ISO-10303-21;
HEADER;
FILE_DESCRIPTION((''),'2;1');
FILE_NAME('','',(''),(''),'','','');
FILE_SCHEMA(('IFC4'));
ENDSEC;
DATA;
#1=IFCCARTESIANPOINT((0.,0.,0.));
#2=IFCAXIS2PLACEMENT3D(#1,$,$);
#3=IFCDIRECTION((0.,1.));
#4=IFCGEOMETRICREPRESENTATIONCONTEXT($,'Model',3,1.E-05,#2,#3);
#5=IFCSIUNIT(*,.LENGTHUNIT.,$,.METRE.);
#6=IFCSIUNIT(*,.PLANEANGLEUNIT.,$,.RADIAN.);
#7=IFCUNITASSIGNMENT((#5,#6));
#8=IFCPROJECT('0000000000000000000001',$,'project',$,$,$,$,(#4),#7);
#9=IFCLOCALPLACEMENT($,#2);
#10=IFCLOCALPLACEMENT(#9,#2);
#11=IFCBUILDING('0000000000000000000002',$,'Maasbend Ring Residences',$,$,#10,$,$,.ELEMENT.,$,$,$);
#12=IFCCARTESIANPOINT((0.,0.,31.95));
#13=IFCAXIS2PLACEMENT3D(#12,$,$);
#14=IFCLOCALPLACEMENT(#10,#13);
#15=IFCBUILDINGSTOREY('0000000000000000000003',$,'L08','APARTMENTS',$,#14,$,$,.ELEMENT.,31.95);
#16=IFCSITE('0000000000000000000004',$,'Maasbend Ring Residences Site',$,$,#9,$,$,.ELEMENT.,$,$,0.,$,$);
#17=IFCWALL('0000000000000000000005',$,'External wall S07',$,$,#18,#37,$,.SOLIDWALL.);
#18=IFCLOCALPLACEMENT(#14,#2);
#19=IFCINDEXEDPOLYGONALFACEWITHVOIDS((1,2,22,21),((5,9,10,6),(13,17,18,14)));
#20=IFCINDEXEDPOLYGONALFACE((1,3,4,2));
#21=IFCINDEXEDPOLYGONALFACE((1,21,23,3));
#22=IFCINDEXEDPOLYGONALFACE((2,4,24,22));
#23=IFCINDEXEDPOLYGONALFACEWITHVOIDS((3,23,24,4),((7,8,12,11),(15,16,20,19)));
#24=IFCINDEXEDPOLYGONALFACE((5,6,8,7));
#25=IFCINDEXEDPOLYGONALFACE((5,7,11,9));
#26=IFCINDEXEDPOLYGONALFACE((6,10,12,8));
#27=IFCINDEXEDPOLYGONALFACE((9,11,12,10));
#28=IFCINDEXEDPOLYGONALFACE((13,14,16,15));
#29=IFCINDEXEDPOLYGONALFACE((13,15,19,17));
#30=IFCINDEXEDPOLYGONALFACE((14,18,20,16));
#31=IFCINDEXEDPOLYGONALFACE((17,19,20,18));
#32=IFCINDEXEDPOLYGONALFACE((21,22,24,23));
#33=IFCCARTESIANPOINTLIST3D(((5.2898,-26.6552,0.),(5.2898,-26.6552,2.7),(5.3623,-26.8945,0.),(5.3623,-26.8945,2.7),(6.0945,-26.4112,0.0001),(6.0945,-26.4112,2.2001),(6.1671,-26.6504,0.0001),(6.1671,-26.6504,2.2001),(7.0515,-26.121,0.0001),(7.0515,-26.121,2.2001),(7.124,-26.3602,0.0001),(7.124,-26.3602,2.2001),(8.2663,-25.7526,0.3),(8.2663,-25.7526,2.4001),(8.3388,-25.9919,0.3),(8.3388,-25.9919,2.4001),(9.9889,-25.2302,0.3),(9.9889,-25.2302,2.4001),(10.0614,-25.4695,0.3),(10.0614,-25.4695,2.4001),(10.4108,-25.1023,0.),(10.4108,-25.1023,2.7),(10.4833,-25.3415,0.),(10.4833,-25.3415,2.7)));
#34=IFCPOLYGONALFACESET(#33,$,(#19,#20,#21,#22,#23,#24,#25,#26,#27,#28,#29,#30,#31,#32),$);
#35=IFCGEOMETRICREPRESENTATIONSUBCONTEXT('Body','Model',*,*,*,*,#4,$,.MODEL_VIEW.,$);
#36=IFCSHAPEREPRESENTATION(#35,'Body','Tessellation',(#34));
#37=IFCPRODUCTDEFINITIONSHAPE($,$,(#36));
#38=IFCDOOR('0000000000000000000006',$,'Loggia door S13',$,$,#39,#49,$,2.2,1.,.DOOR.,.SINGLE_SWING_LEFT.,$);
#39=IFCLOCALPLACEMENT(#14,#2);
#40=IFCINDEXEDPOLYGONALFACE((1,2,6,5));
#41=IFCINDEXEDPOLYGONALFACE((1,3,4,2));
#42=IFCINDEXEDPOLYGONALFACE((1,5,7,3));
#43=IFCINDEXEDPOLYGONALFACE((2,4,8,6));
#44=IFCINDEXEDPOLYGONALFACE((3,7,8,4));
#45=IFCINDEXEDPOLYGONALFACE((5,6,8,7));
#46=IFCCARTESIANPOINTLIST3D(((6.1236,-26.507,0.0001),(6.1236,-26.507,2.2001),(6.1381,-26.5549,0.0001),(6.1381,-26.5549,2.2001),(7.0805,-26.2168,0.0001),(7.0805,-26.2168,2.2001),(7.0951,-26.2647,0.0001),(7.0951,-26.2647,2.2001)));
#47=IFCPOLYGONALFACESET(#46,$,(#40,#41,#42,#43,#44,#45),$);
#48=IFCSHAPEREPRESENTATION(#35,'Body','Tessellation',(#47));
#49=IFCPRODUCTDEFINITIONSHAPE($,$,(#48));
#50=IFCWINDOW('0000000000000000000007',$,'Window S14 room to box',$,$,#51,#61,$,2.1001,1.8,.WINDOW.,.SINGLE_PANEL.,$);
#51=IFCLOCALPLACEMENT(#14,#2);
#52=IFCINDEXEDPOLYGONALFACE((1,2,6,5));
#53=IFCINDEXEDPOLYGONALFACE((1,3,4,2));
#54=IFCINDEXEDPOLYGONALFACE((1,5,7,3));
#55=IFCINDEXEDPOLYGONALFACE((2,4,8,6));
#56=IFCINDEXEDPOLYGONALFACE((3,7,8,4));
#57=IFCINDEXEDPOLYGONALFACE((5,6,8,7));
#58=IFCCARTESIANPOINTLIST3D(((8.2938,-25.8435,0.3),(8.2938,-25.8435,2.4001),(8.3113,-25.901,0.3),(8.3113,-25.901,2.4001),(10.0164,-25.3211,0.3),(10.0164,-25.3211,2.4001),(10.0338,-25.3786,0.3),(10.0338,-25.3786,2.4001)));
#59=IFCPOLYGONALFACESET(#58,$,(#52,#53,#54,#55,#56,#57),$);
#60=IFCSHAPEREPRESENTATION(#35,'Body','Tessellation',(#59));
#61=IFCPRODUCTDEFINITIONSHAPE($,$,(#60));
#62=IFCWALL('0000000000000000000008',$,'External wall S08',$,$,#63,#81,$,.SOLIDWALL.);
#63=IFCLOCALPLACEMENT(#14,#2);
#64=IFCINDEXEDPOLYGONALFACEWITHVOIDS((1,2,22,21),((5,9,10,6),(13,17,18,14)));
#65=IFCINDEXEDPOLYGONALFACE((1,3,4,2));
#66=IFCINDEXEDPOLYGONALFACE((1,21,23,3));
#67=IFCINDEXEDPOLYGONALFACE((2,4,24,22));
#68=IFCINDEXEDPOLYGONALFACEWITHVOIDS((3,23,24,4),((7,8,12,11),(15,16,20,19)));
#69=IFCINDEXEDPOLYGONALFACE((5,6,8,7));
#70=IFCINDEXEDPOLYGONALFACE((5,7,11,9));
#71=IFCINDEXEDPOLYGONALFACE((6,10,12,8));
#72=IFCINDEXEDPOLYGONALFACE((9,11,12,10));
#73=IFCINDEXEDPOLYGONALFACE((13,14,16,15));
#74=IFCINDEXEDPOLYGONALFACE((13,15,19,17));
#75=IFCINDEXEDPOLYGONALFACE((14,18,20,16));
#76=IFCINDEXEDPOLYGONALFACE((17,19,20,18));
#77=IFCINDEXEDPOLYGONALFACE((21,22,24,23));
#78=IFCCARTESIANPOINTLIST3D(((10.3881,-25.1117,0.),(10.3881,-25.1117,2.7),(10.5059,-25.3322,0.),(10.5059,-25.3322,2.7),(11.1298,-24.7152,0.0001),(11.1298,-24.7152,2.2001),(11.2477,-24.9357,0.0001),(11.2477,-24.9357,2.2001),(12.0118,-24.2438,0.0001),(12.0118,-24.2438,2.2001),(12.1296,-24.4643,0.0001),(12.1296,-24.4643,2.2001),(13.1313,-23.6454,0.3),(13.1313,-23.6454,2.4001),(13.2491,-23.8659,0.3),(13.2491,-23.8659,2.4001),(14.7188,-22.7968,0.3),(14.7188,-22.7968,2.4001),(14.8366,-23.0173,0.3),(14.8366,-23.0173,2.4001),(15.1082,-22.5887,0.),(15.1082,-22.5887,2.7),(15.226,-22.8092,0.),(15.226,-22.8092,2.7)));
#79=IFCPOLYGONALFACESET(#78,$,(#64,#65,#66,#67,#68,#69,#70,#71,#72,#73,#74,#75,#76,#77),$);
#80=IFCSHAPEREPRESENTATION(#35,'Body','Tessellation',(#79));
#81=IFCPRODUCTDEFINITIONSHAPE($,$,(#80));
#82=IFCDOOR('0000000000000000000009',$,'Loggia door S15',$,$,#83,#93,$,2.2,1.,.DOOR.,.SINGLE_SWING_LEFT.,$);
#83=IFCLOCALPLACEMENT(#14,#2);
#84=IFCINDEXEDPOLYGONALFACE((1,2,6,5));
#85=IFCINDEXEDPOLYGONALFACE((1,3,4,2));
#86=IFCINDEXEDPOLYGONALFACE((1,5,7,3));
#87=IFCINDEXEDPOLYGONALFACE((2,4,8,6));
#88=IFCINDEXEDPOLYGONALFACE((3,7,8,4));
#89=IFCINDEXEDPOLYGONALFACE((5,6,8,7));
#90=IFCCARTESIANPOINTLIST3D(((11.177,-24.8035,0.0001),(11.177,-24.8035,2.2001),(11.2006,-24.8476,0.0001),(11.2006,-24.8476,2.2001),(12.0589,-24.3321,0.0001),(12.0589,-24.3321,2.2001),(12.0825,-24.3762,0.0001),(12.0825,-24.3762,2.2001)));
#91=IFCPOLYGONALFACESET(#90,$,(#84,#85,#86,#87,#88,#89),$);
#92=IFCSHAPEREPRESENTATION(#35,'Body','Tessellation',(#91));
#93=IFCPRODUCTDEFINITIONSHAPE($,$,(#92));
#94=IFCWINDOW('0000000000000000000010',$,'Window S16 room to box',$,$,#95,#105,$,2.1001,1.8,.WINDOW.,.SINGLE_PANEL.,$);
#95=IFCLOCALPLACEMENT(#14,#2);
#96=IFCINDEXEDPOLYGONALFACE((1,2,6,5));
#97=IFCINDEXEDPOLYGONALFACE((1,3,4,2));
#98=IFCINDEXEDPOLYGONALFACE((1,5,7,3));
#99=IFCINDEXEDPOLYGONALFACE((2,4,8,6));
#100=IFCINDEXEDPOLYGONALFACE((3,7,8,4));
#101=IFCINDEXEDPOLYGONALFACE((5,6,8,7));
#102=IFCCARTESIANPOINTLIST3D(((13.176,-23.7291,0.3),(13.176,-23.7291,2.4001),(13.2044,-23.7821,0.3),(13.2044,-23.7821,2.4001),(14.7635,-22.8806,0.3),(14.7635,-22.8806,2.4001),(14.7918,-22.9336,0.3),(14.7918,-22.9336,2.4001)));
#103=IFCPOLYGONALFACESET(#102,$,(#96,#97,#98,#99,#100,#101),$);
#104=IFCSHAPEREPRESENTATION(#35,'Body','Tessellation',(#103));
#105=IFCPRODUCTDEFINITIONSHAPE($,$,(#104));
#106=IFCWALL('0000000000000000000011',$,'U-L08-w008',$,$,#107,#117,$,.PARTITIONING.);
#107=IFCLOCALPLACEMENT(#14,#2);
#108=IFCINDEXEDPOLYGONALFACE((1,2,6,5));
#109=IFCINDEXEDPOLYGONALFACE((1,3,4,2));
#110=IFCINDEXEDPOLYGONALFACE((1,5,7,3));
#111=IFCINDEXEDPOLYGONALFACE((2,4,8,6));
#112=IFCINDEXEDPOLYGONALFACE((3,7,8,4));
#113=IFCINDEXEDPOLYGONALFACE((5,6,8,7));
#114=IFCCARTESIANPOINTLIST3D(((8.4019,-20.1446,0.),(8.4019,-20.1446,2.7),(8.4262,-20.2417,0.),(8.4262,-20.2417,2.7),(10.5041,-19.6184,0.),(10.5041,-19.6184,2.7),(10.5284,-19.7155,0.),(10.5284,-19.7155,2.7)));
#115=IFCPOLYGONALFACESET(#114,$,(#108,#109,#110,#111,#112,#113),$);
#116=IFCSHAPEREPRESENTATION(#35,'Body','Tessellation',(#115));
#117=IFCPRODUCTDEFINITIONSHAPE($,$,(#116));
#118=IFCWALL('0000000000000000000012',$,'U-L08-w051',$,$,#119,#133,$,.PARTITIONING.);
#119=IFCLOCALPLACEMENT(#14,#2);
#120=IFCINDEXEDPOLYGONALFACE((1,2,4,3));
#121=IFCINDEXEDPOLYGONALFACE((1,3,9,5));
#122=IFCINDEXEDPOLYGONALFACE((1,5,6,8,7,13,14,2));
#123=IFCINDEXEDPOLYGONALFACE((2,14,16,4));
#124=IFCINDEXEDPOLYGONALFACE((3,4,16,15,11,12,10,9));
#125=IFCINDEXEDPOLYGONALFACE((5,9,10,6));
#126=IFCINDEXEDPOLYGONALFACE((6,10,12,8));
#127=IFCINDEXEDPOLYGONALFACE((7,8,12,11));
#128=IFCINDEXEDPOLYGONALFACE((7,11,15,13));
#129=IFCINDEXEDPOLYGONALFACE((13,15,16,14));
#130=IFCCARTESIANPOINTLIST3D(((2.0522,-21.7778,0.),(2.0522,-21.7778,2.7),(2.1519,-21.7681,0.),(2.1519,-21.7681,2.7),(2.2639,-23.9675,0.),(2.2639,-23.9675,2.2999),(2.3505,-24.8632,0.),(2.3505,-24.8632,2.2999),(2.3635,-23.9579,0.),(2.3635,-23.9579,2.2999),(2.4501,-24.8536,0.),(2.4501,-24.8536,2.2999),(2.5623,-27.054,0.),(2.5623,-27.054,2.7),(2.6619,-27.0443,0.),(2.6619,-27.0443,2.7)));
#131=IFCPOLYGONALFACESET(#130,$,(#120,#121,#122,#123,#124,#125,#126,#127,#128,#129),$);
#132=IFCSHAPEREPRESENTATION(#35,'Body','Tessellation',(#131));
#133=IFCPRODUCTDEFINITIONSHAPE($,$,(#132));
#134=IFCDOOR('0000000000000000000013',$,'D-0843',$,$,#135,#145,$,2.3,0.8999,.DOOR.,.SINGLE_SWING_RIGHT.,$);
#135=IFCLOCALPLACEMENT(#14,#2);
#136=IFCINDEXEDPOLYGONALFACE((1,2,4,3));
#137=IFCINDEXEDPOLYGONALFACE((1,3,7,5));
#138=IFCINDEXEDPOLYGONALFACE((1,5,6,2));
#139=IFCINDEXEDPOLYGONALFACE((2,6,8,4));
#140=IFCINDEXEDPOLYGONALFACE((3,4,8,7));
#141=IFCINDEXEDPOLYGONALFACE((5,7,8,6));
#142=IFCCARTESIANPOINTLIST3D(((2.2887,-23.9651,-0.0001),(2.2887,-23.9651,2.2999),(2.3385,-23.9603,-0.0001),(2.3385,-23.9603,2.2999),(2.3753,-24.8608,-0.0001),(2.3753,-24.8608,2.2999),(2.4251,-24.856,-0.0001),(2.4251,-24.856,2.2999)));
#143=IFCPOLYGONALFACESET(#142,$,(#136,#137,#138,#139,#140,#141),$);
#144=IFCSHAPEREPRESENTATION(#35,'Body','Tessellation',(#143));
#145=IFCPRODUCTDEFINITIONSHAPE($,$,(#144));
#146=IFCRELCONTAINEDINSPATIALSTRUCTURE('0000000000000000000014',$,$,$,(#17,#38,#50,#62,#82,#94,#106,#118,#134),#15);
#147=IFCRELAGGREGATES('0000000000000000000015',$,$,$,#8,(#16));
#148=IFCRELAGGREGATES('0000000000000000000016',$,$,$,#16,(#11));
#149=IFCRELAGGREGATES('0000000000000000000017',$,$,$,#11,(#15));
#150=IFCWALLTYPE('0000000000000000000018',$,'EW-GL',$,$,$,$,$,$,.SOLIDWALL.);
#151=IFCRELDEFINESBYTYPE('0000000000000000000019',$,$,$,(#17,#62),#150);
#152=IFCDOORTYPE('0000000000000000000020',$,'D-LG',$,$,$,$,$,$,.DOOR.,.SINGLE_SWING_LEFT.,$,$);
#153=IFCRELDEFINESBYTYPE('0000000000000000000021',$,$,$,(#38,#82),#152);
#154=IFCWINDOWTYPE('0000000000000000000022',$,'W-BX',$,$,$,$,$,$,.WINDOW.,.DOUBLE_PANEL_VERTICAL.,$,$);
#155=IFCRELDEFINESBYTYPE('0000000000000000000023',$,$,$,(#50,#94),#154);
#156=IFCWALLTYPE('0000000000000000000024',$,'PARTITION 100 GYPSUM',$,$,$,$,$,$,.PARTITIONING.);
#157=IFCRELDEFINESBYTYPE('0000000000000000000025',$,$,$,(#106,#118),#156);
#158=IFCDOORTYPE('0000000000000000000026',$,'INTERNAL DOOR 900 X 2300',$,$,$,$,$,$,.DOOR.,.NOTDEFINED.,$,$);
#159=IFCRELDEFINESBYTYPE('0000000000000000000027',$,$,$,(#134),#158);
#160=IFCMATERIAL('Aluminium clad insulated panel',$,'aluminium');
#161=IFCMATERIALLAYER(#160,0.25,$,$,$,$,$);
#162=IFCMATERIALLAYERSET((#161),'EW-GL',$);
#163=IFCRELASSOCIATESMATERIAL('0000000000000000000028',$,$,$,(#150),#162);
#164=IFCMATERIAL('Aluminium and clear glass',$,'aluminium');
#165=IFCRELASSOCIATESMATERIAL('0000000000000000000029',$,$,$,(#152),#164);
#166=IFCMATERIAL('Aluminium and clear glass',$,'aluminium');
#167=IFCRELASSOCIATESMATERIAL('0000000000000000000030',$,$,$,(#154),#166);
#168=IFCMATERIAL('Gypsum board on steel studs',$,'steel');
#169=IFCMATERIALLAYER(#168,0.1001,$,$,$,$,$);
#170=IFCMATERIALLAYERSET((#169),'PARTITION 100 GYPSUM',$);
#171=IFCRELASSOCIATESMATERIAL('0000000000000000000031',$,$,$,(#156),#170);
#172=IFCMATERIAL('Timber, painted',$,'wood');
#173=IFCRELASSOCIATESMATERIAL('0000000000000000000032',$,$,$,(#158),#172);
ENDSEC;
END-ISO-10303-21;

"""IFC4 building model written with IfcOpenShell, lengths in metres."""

from ifc_helpers import new_model, si_unit, direction, frame, frame_2d, origin, place, context, subcontext, project, spatial, rectangle, extrude, material, layer, layer_set, type_object, element, fill, save


model = new_model("IFC4")

# Units and contexts
model_context = context("Model", 3, precision=1e-05, world=origin(), true_north=direction((0.0, 1.0)))
body_context = subcontext(model_context, "Body", "Model", "MODEL_VIEW")
ifc_project = project(units=[si_unit("LENGTHUNIT", "METRE"), si_unit("PLANEANGLEUNIT", "RADIAN")], contexts=[model_context])

# Site, building, storey
site_placement = place(None, origin())
site = spatial("IfcSite", under=ifc_project, at=site_placement, Name="Maasbend Ring Residences Site", CompositionType="ELEMENT", RefElevation=0.0)
building_placement = place(site_placement, origin())
building = spatial("IfcBuilding", under=site, at=building_placement, Name="Maasbend Ring Residences", CompositionType="ELEMENT")
storey_placement = place(building_placement, frame((0.0, 0.0, 31.95)))
storey = spatial("IfcBuildingStorey", under=building, at=storey_placement, Name="L08", Description="APARTMENTS", CompositionType="ELEMENT", Elevation=31.95)

# Walls, openings, doors, windows
ifc_material_1 = material(Name="Aluminium clad insulated panel", Category="aluminium")
ifc_layer_1 = layer(ifc_material_1, 0.25)
ifc_layer_set_1 = layer_set([ifc_layer_1], Name="EW-GL")
wall_type_1 = type_object("IfcWallType", Name="EW-GL", PredefinedType="SOLIDWALL", material=ifc_layer_set_1)
wall_1_placement = place(storey_placement, frame((5.3259, -26.7749, 0.0), z_axis=(0.0, 0.0, 1.0), x_axis=(0.956966, 0.290201, 0.0)))
wall_1 = element("IfcWall", 1, at=wall_1_placement, inside=storey, type_object=wall_type_1, Name="External wall S07", PredefinedType="SOLIDWALL", context=body_context, shape_type="SweptSolid", body=[
    extrude(rectangle(XDim=5.3513, YDim=0.25, at=frame_2d((2.6758, 0.0))), origin(), (0.0, 0.0, 1.0), 2.7),
])
opening_1_placement = place(wall_1_placement, frame((0.8411, 0.0, 0.0)))
opening_1 = element("IfcOpeningElement", 2, at=opening_1_placement, cuts=wall_1, PredefinedType="OPENING", context=body_context, shape_type="SweptSolid", body=[
    extrude(rectangle(XDim=1.0, YDim=2.2, at=frame_2d((0.5, 1.1001))), frame((0.0, 0.135, 0.0), z_axis=(0.0, -1.0, 0.0), x_axis=(1.0, 0.0, 0.0)), (0.0, 0.0, 1.0), 0.27),
])
opening_2_placement = place(wall_1_placement, frame((3.1106, 0.0, 0.3)))
opening_2 = element("IfcOpeningElement", 3, at=opening_2_placement, cuts=wall_1, PredefinedType="OPENING", context=body_context, shape_type="SweptSolid", body=[
    extrude(rectangle(XDim=1.8, YDim=2.1001, at=frame_2d((0.8999, 1.05))), frame((0.0, 0.135, 0.0), z_axis=(0.0, -1.0, 0.0), x_axis=(1.0, 0.0, 0.0)), (0.0, 0.0, 1.0), 0.27),
])
ifc_material_2 = material(Name="Aluminium and clear glass", Category="aluminium")
door_type_1 = type_object("IfcDoorType", Name="D-LG", OperationType="SINGLE_SWING_LEFT", PredefinedType="DOOR", material=ifc_material_2)
door_1_placement = place(opening_1_placement, origin())
door_1 = element("IfcDoor", 4, at=door_1_placement, inside=storey, type_object=door_type_1, Name="Loggia door S13", OperationType="SINGLE_SWING_LEFT", OverallHeight=2.2, OverallWidth=1.0, PredefinedType="DOOR", context=body_context, shape_type="SweptSolid", body=[
    extrude(rectangle(XDim=1.0, YDim=2.2, at=frame_2d((0.5, 1.1001))), frame((0.0, 0.0249, 0.0), z_axis=(0.0, -1.0, 0.0), x_axis=(1.0, 0.0, 0.0)), (0.0, 0.0, 1.0), 0.05),
])
fill(opening_1, door_1)
ifc_material_3 = material(Name="Aluminium and clear glass", Category="aluminium")
window_type_1 = type_object("IfcWindowType", Name="W-BX", PartitioningType="DOUBLE_PANEL_VERTICAL", PredefinedType="WINDOW", material=ifc_material_3)
window_1_placement = place(opening_2_placement, origin())
window_1 = element("IfcWindow", 5, at=window_1_placement, inside=storey, type_object=window_type_1, Name="Window S14 room to box", OverallHeight=2.1001, OverallWidth=1.8, PartitioningType="SINGLE_PANEL", PredefinedType="WINDOW", context=body_context, shape_type="SweptSolid", body=[
    extrude(rectangle(XDim=1.8, YDim=2.1001, at=frame_2d((0.8999, 1.05))), frame((0.0, 0.03, 0.0), z_axis=(0.0, -1.0, 0.0), x_axis=(1.0, 0.0, 0.0)), (0.0, 0.0, 1.0), 0.0601),
])
fill(opening_2, window_1)
wall_2_placement = place(storey_placement, frame((10.447, -25.2219, 0.0), z_axis=(0.0, 0.0, 1.0), x_axis=(0.881916, 0.471407, 0.0)))
wall_2 = element("IfcWall", 6, at=wall_2_placement, inside=storey, type_object=wall_type_1, Name="External wall S08", PredefinedType="SOLIDWALL", context=body_context, shape_type="SweptSolid", body=[
    extrude(rectangle(XDim=5.3521, YDim=0.25, at=frame_2d((2.676, 0.0))), origin(), (0.0, 0.0, 1.0), 2.7),
])
opening_3_placement = place(wall_2_placement, frame((0.8411, 0.0, 0.0)))
opening_3 = element("IfcOpeningElement", 7, at=opening_3_placement, cuts=wall_2, PredefinedType="OPENING", context=body_context, shape_type="SweptSolid", body=[
    extrude(rectangle(XDim=1.0, YDim=2.2, at=frame_2d((0.5, 1.1001))), frame((0.0, 0.135, 0.0), z_axis=(0.0, -1.0, 0.0), x_axis=(1.0, 0.0, 0.0)), (0.0, 0.0, 1.0), 0.27),
])
opening_4_placement = place(wall_2_placement, frame((3.1106, 0.0, 0.3)))
opening_4 = element("IfcOpeningElement", 8, at=opening_4_placement, cuts=wall_2, PredefinedType="OPENING", context=body_context, shape_type="SweptSolid", body=[
    extrude(rectangle(XDim=1.8, YDim=2.1001, at=frame_2d((0.8999, 1.05))), frame((0.0, 0.135, 0.0), z_axis=(0.0, -1.0, 0.0), x_axis=(1.0, 0.0, 0.0)), (0.0, 0.0, 1.0), 0.27),
])
door_2_placement = place(opening_3_placement, origin())
door_2 = element("IfcDoor", 9, at=door_2_placement, inside=storey, type_object=door_type_1, Name="Loggia door S15", OperationType="SINGLE_SWING_LEFT", OverallHeight=2.2, OverallWidth=1.0, PredefinedType="DOOR", context=body_context, shape_type="SweptSolid", body=[
    extrude(rectangle(XDim=1.0, YDim=2.2, at=frame_2d((0.5, 1.1001))), frame((0.0, 0.0249, 0.0), z_axis=(0.0, -1.0, 0.0), x_axis=(1.0, 0.0, 0.0)), (0.0, 0.0, 1.0), 0.05),
])
fill(opening_3, door_2)
window_2_placement = place(opening_4_placement, origin())
window_2 = element("IfcWindow", 10, at=window_2_placement, inside=storey, type_object=window_type_1, Name="Window S16 room to box", OverallHeight=2.1001, OverallWidth=1.8, PartitioningType="SINGLE_PANEL", PredefinedType="WINDOW", context=body_context, shape_type="SweptSolid", body=[
    extrude(rectangle(XDim=1.8, YDim=2.1001, at=frame_2d((0.8999, 1.05))), frame((0.0, 0.03, 0.0), z_axis=(0.0, -1.0, 0.0), x_axis=(1.0, 0.0, 0.0)), (0.0, 0.0, 1.0), 0.0601),
])
fill(opening_4, window_2)

# Wall
ifc_material_4 = material(Name="Gypsum board on steel studs", Category="steel")
ifc_layer_2 = layer(ifc_material_4, 0.1001)
ifc_layer_set_2 = layer_set([ifc_layer_2], Name="PARTITION 100 GYPSUM")
wall_type_2 = type_object("IfcWallType", Name="PARTITION 100 GYPSUM", PredefinedType="PARTITIONING", material=ifc_layer_set_2)
wall_3_placement = place(storey_placement, frame((8.4141, -20.1931, 0.0), z_axis=(0.0, 0.0, 1.0), x_axis=(0.970076, 0.242801, 0.0)))
element("IfcWall", 11, at=wall_3_placement, inside=storey, type_object=wall_type_2, Name="U-L08-w008", PredefinedType="PARTITIONING", context=body_context, shape_type="SweptSolid", body=[
    extrude(rectangle(XDim=2.167, YDim=0.1001, at=frame_2d((1.0835, 0.0))), origin(), (0.0, 0.0, 1.0), 2.7),
])

# Wall, opening, door
wall_4_placement = place(storey_placement, frame((2.1021, -21.7729, 0.0), z_axis=(0.0, 0.0, 1.0), x_axis=(0.096215, -0.995361, 0.0)))
wall_4 = element("IfcWall", 12, at=wall_4_placement, inside=storey, type_object=wall_type_2, Name="U-L08-w051", PredefinedType="PARTITIONING", context=body_context, shape_type="SweptSolid", body=[
    extrude(rectangle(XDim=5.3008, YDim=0.1001, at=frame_2d((2.6504, 0.0))), origin(), (0.0, 0.0, 1.0), 2.7),
])
opening_5_placement = place(wall_4_placement, frame((2.2, 0.0, 0.0)))
opening_5 = element("IfcOpeningElement", 13, at=opening_5_placement, cuts=wall_4, PredefinedType="OPENING", context=body_context, shape_type="SweptSolid", body=[
    extrude(rectangle(XDim=0.8999, YDim=2.3, at=frame_2d((0.45, 1.1499))), frame((0.0, 0.0601, 0.0), z_axis=(0.0, -1.0, 0.0), x_axis=(1.0, 0.0, 0.0)), (0.0, 0.0, 1.0), 0.1201),
])
ifc_material_5 = material(Name="Timber, painted", Category="wood")
door_type_2 = type_object("IfcDoorType", Name="INTERNAL DOOR 900 X 2300", OperationType="NOTDEFINED", PredefinedType="DOOR", material=ifc_material_5)
door_3_placement = place(opening_5_placement, origin())
door_3 = element("IfcDoor", 14, at=door_3_placement, inside=storey, type_object=door_type_2, Name="D-0843", OperationType="SINGLE_SWING_RIGHT", OverallHeight=2.3, OverallWidth=0.8999, PredefinedType="DOOR", context=body_context, shape_type="SweptSolid", body=[
    extrude(rectangle(XDim=0.8999, YDim=2.3, at=frame_2d((0.45, 1.1499))), frame((0.0, 0.0249, 0.0), z_axis=(0.0, -1.0, 0.0), x_axis=(1.0, 0.0, 0.0)), (0.0, 0.0, 1.0), 0.05),
])
fill(opening_5, door_3)

save(model, "model.ifc")
